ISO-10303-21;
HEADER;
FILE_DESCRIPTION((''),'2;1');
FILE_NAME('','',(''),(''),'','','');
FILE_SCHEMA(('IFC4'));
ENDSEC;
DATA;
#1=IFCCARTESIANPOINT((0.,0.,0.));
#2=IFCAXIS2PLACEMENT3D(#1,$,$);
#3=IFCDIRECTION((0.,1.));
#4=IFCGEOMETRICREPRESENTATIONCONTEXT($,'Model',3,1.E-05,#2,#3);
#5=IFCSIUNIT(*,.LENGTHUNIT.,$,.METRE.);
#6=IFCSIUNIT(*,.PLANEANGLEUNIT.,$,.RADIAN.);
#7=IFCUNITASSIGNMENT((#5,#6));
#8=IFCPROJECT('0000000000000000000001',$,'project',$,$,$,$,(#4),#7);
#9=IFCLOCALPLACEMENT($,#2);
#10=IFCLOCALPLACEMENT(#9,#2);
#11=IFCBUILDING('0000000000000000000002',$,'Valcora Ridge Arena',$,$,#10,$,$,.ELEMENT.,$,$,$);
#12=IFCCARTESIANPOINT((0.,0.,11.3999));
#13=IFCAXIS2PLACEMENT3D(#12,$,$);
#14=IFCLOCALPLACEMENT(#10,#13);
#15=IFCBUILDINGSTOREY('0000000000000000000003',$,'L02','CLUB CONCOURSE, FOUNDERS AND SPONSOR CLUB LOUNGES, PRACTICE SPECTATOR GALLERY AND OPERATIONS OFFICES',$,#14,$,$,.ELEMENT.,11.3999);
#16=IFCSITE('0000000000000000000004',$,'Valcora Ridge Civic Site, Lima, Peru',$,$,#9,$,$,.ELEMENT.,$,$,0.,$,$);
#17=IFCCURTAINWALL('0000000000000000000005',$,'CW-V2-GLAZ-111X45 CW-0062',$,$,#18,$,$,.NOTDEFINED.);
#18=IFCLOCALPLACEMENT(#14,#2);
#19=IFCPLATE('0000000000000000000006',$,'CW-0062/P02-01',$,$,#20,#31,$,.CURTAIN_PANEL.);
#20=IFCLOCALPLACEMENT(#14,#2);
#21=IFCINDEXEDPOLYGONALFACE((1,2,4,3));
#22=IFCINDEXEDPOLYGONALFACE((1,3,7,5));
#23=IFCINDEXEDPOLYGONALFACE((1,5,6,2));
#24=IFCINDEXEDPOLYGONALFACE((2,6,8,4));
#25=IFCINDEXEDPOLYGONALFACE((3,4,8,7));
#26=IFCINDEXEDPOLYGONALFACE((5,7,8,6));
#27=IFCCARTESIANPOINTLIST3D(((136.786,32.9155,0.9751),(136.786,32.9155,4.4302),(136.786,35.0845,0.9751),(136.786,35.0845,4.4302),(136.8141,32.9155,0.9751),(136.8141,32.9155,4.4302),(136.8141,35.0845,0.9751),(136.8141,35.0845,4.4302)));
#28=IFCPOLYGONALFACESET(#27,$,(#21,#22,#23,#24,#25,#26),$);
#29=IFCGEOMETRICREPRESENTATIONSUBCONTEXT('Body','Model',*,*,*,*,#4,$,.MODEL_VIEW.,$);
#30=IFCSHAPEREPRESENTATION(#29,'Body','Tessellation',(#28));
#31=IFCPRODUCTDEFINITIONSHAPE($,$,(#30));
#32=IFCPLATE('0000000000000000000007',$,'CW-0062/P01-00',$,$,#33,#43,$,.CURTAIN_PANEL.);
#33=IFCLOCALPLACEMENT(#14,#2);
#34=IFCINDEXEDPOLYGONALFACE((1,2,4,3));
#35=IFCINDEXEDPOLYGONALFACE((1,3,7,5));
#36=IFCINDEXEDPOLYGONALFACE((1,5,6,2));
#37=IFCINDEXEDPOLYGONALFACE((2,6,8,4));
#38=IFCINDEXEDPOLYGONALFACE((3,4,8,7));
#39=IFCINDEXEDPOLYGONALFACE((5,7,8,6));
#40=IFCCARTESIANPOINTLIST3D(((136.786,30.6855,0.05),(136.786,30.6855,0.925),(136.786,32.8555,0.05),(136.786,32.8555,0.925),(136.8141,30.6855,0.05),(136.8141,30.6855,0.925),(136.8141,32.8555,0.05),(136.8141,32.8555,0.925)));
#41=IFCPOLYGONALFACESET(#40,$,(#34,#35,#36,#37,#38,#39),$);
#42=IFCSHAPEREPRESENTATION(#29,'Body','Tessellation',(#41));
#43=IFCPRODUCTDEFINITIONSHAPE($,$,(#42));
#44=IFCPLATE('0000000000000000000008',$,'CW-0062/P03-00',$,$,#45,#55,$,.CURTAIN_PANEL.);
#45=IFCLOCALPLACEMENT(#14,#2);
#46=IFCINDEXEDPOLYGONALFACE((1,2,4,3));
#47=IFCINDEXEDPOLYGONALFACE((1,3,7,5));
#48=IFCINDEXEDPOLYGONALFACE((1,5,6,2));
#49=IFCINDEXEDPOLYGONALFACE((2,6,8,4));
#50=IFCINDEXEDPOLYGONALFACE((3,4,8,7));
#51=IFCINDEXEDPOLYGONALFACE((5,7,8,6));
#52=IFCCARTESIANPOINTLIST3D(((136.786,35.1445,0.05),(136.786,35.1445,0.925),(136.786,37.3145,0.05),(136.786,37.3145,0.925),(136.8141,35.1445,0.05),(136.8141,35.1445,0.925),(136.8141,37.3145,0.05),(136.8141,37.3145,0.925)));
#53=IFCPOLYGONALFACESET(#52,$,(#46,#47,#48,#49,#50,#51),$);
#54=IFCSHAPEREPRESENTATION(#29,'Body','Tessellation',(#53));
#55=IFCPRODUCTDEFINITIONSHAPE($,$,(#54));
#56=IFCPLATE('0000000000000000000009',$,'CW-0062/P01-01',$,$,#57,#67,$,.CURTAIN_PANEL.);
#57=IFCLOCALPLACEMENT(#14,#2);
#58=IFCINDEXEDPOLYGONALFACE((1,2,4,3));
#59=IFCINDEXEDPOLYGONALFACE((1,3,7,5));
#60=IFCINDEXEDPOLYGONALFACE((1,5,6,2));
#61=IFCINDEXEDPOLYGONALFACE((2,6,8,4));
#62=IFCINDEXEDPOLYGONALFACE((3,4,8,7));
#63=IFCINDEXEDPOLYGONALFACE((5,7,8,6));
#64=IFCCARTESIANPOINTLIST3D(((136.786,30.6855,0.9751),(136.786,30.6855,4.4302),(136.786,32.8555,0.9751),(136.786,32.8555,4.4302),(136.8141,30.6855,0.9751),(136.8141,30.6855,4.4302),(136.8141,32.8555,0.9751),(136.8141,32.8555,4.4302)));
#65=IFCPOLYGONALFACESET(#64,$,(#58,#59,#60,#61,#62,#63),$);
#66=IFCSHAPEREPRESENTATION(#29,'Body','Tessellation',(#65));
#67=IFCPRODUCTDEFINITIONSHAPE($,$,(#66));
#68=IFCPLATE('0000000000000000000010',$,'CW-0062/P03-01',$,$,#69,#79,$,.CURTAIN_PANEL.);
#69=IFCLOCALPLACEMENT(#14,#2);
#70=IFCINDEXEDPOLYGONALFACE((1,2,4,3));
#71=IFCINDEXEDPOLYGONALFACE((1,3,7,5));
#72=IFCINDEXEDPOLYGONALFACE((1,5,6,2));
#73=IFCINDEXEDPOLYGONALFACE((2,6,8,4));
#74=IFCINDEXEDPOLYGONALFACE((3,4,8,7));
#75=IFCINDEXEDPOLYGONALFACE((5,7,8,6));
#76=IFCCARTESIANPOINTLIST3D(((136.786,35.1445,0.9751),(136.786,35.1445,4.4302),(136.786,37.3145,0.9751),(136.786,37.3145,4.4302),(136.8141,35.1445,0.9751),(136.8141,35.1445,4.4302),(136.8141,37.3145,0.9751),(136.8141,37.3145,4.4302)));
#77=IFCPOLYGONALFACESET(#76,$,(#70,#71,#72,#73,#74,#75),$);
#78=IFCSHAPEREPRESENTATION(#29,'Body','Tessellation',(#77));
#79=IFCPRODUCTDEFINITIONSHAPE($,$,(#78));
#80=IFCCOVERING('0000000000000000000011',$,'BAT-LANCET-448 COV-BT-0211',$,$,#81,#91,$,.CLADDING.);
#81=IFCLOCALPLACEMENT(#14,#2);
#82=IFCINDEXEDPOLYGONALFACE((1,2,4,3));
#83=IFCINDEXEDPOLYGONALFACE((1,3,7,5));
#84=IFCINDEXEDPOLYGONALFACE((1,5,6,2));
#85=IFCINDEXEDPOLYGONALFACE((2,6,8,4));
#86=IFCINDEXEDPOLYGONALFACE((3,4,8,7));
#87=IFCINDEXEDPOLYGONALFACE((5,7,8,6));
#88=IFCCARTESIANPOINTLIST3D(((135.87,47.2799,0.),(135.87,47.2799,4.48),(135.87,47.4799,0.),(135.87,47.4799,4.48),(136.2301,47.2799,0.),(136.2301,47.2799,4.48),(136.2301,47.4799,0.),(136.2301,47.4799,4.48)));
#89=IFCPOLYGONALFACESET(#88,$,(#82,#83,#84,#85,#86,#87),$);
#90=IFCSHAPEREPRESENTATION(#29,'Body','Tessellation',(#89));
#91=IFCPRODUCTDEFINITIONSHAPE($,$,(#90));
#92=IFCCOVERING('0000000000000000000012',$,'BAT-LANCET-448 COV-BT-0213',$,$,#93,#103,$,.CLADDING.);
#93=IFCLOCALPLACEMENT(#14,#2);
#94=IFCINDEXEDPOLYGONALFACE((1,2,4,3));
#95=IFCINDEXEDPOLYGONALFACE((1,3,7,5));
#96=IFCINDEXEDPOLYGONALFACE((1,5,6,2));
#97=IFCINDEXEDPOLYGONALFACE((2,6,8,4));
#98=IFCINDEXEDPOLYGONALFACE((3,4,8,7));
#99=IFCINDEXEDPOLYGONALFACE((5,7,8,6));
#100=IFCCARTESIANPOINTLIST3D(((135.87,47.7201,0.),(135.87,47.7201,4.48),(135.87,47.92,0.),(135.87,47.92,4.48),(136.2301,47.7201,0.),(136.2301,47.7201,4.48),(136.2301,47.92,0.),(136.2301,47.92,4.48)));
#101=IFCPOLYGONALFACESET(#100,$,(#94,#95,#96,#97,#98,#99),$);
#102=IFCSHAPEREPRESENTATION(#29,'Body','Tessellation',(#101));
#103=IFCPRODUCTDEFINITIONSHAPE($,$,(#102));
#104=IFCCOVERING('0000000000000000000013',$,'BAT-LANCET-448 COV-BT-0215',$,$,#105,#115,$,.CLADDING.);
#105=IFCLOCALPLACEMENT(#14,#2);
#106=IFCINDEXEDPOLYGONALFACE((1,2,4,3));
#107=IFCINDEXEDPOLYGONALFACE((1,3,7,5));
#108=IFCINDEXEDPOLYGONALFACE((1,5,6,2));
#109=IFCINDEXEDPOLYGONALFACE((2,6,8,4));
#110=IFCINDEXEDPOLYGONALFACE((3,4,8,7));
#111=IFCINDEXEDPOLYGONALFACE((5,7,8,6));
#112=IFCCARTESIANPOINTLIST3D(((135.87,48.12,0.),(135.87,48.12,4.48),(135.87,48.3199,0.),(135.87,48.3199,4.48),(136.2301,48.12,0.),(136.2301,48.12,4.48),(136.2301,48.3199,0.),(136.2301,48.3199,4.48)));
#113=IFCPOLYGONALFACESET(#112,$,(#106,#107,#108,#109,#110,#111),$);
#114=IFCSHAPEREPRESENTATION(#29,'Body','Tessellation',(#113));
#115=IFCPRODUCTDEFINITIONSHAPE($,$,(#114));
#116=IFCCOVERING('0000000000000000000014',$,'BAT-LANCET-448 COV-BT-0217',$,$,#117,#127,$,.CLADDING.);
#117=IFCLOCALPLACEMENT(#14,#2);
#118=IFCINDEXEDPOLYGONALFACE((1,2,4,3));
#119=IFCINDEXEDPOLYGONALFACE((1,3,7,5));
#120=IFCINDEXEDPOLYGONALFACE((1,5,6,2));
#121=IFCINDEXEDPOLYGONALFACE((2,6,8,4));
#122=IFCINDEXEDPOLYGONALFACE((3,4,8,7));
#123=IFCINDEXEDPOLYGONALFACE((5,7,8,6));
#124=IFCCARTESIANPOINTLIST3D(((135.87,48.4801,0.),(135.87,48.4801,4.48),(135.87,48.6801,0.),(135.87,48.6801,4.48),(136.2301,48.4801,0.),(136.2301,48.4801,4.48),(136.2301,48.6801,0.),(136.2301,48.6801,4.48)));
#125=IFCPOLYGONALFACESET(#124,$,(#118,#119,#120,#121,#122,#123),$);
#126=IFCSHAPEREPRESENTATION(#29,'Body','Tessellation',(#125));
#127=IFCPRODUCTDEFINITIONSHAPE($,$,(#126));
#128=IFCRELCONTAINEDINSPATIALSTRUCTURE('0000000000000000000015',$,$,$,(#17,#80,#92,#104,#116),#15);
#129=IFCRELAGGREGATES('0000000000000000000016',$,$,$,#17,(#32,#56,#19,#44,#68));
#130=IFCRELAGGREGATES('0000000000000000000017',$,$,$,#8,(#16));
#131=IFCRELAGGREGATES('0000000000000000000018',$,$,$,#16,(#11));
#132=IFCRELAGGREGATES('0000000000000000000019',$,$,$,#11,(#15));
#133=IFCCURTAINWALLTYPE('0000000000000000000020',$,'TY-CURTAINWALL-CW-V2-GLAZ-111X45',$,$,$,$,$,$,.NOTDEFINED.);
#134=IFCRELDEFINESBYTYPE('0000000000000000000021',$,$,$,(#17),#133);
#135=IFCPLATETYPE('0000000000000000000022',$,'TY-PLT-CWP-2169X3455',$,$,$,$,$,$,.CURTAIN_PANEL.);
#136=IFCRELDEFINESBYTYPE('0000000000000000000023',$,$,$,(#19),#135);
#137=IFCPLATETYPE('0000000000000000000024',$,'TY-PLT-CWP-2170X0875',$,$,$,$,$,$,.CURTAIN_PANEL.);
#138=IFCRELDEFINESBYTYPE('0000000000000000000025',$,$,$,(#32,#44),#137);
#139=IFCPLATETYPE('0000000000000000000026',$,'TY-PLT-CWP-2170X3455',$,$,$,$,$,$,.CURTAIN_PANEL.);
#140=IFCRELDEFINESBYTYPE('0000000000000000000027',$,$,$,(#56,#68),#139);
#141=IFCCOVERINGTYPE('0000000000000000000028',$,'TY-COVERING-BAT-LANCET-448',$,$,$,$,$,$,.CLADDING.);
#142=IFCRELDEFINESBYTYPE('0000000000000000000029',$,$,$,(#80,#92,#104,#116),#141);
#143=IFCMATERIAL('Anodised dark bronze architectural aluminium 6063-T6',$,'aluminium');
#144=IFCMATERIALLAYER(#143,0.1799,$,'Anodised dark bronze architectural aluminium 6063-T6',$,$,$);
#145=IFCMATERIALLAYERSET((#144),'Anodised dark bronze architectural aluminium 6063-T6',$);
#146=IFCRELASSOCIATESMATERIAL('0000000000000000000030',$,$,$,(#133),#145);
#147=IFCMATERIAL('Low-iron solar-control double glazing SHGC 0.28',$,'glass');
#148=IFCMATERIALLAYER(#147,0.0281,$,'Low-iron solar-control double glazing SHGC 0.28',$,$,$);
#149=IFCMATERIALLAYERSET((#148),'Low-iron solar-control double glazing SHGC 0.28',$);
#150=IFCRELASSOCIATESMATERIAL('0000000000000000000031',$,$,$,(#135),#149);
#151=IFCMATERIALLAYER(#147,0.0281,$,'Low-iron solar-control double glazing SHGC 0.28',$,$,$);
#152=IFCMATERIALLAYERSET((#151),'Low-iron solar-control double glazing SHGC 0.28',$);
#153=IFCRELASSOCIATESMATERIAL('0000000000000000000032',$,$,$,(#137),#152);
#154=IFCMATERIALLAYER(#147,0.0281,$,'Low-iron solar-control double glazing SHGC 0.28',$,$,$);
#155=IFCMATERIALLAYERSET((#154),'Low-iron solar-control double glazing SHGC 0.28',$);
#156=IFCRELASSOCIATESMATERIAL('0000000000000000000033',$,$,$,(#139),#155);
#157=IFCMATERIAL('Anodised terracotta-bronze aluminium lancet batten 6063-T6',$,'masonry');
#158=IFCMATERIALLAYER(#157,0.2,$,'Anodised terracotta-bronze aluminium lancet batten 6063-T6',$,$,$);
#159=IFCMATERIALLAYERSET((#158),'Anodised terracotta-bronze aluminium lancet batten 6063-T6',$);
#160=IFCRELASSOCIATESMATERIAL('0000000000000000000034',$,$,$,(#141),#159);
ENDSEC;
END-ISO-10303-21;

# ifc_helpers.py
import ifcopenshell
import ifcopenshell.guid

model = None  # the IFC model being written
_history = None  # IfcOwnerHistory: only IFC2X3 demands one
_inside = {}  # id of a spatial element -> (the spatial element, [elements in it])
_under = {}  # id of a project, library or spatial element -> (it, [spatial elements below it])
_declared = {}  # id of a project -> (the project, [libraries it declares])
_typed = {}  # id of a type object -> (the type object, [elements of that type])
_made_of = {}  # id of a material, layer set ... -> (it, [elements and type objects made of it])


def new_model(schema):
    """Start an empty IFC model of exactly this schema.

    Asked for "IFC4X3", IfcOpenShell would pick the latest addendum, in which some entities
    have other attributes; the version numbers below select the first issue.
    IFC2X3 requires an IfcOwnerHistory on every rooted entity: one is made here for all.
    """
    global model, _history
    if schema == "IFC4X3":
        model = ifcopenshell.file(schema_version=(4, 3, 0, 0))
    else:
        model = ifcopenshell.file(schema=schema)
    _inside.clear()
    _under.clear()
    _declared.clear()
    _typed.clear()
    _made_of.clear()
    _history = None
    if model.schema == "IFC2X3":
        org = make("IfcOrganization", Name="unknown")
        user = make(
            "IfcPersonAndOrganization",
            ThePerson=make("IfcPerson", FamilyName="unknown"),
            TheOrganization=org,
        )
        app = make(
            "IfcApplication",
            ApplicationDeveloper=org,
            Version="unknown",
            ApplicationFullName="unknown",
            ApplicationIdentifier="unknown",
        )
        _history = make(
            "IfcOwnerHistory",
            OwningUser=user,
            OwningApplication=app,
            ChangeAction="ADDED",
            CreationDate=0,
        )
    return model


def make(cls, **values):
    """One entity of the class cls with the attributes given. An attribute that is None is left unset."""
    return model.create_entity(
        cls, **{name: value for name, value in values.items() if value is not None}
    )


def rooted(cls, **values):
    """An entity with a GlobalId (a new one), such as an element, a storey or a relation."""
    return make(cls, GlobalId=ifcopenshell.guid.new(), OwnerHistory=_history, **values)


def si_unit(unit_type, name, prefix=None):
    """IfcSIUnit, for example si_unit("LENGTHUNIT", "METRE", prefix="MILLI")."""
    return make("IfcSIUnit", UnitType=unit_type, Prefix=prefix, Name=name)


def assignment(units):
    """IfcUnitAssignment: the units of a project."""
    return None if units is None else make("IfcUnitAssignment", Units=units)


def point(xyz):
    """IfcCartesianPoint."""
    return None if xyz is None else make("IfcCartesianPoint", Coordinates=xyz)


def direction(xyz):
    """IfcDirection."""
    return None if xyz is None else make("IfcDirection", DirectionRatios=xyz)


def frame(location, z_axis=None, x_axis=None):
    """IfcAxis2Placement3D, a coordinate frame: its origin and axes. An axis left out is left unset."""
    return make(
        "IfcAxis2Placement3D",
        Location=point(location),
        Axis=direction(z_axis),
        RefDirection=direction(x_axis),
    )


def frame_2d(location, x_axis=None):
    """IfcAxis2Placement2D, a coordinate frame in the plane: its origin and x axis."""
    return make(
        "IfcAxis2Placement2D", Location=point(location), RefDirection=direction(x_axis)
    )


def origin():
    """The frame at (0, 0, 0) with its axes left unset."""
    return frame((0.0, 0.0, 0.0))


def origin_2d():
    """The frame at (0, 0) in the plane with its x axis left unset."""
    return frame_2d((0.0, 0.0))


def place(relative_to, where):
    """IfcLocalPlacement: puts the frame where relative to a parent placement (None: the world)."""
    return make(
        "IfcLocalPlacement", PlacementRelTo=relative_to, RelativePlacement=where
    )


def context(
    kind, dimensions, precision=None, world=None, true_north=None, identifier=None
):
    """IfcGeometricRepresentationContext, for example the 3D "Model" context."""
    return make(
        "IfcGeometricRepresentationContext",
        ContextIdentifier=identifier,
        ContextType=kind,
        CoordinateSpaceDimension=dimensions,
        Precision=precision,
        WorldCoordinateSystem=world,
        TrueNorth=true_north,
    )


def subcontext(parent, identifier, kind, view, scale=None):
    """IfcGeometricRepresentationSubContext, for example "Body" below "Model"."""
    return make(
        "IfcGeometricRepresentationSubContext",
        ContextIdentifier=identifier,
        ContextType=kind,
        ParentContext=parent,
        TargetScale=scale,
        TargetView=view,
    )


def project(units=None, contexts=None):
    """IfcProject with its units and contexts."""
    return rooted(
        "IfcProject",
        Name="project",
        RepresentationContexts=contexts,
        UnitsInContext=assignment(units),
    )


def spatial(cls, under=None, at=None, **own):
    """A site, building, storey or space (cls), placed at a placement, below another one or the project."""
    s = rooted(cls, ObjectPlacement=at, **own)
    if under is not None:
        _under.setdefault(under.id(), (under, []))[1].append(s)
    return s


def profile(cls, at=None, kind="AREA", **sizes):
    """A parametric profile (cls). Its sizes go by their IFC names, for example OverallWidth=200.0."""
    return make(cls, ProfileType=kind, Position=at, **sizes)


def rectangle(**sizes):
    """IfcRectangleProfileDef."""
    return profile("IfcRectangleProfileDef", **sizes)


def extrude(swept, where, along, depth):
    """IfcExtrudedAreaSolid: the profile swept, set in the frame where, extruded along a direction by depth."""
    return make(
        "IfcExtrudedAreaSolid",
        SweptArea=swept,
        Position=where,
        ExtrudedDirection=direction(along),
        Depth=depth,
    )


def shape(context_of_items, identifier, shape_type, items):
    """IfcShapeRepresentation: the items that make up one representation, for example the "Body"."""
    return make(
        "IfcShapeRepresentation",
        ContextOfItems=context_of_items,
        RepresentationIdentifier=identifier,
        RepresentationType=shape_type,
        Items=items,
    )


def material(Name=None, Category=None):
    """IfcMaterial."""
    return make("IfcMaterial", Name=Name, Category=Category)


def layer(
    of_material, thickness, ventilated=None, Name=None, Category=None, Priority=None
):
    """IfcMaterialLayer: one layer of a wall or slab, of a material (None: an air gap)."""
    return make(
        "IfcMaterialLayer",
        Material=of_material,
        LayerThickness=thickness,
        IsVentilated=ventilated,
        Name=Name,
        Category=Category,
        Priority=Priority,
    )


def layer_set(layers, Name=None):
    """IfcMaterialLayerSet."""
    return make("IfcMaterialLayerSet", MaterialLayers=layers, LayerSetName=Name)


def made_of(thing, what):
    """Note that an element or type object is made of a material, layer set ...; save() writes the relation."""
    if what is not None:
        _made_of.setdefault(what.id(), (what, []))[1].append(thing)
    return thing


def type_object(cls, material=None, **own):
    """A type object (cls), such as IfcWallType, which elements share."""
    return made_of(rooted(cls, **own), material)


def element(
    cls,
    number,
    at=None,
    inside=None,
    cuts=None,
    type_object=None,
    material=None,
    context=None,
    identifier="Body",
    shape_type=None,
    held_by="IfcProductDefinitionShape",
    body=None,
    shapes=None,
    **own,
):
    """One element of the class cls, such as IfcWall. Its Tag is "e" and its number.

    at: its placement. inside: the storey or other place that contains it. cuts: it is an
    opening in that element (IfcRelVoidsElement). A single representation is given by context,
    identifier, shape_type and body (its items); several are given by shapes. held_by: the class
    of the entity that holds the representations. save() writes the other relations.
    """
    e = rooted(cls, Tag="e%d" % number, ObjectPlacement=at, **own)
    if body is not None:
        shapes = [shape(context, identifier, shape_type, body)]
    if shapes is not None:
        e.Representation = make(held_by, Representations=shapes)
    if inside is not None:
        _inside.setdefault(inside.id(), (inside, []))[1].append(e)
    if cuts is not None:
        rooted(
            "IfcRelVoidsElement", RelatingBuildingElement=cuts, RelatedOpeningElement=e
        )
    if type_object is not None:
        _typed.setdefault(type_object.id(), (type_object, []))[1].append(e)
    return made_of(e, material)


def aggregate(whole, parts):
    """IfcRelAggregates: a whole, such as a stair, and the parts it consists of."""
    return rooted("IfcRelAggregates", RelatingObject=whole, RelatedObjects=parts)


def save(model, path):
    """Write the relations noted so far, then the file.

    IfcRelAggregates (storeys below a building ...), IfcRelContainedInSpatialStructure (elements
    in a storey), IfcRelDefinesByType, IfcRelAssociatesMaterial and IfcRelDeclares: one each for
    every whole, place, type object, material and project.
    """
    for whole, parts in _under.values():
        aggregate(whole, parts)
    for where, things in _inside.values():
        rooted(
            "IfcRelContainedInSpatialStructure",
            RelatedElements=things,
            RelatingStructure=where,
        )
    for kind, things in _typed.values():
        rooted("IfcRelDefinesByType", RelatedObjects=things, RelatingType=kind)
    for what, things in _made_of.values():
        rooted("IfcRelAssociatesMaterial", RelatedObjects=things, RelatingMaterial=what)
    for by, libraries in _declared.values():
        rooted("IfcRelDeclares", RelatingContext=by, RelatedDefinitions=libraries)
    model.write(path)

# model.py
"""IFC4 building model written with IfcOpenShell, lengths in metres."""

from ifc_helpers import new_model, si_unit, direction, frame, origin, origin_2d, place, context, subcontext, project, spatial, rectangle, extrude, material, layer, layer_set, type_object, element, aggregate, save


model = new_model("IFC4")

# Units and contexts
model_context = context("Model", 3, precision=1e-05, world=origin(), true_north=direction((0.0, 1.0)))
body_context = subcontext(model_context, "Body", "Model", "MODEL_VIEW")
ifc_project = project(units=[si_unit("LENGTHUNIT", "METRE"), si_unit("PLANEANGLEUNIT", "RADIAN")], contexts=[model_context])

# Site, building, storey
site_placement = place(None, origin())
site = spatial("IfcSite", under=ifc_project, at=site_placement, Name="Valcora Ridge Civic Site, Lima, Peru", CompositionType="ELEMENT", RefElevation=0.0)
building_placement = place(site_placement, origin())
building = spatial("IfcBuilding", under=site, at=building_placement, Name="Valcora Ridge Arena", CompositionType="ELEMENT")
storey_placement = place(building_placement, frame((0.0, 0.0, 11.3999)))
storey = spatial("IfcBuildingStorey", under=building, at=storey_placement, Name="L02", Description="CLUB CONCOURSE, FOUNDERS AND SPONSOR CLUB LOUNGES, PRACTICE SPECTATOR GALLERY AND OPERATIONS OFFICES", CompositionType="ELEMENT", Elevation=11.3999)

# Curtain wall
ifc_material_1 = material(Name="Anodised dark bronze architectural aluminium 6063-T6", Category="aluminium")
ifc_layer_1 = layer(ifc_material_1, 0.1799, Name="Anodised dark bronze architectural aluminium 6063-T6")
ifc_layer_set_1 = layer_set([ifc_layer_1], Name="Anodised dark bronze architectural aluminium 6063-T6")
curtain_wall_type_1 = type_object("IfcCurtainWallType", Name="TY-CURTAINWALL-CW-V2-GLAZ-111X45", PredefinedType="NOTDEFINED", material=ifc_layer_set_1)
curtain_wall_1_placement = place(storey_placement, origin())
curtain_wall_1 = element("IfcCurtainWall", 1, at=curtain_wall_1_placement, inside=storey, type_object=curtain_wall_type_1, Name="CW-V2-GLAZ-111X45 CW-0062", PredefinedType="NOTDEFINED")

# Plates
ifc_material_2 = material(Name="Low-iron solar-control double glazing SHGC 0.28", Category="glass")
ifc_layer_2 = layer(ifc_material_2, 0.0281, Name="Low-iron solar-control double glazing SHGC 0.28")
ifc_layer_set_2 = layer_set([ifc_layer_2], Name="Low-iron solar-control double glazing SHGC 0.28")
plate_type_1 = type_object("IfcPlateType", Name="TY-PLT-CWP-2169X3455", PredefinedType="CURTAIN_PANEL", material=ifc_layer_set_2)
plate_1_placement = place(storey_placement, frame((136.8, 34.0, 0.9751), z_axis=(0.0, 0.0, 1.0), x_axis=(0.0, 1.0, 0.0)))
plate_1 = element("IfcPlate", 2, at=plate_1_placement, type_object=plate_type_1, Name="CW-0062/P02-01", PredefinedType="CURTAIN_PANEL", context=body_context, shape_type="SweptSolid", body=[
    extrude(rectangle(XDim=2.1689, YDim=0.0281, at=origin_2d()), origin(), (0.0, 0.0, 1.0), 3.4551),
])
ifc_layer_3 = layer(ifc_material_2, 0.0281, Name="Low-iron solar-control double glazing SHGC 0.28")
ifc_layer_set_3 = layer_set([ifc_layer_3], Name="Low-iron solar-control double glazing SHGC 0.28")
plate_type_2 = type_object("IfcPlateType", Name="TY-PLT-CWP-2170X0875", PredefinedType="CURTAIN_PANEL", material=ifc_layer_set_3)
plate_2_placement = place(storey_placement, frame((136.8, 31.7705, 0.05), z_axis=(0.0, 0.0, 1.0), x_axis=(0.0, 1.0, 0.0)))
plate_2 = element("IfcPlate", 3, at=plate_2_placement, type_object=plate_type_2, Name="CW-0062/P01-00", PredefinedType="CURTAIN_PANEL", context=body_context, shape_type="SweptSolid", body=[
    extrude(rectangle(XDim=2.1699, YDim=0.0281, at=origin_2d()), origin(), (0.0, 0.0, 1.0), 0.875),
])
plate_3_placement = place(storey_placement, frame((136.8, 36.2295, 0.05), z_axis=(0.0, 0.0, 1.0), x_axis=(0.0, 1.0, 0.0)))
plate_3 = element("IfcPlate", 4, at=plate_3_placement, type_object=plate_type_2, Name="CW-0062/P03-00", PredefinedType="CURTAIN_PANEL", context=body_context, shape_type="SweptSolid", body=[
    extrude(rectangle(XDim=2.1699, YDim=0.0281, at=origin_2d()), origin(), (0.0, 0.0, 1.0), 0.875),
])
ifc_layer_4 = layer(ifc_material_2, 0.0281, Name="Low-iron solar-control double glazing SHGC 0.28")
ifc_layer_set_4 = layer_set([ifc_layer_4], Name="Low-iron solar-control double glazing SHGC 0.28")
plate_type_3 = type_object("IfcPlateType", Name="TY-PLT-CWP-2170X3455", PredefinedType="CURTAIN_PANEL", material=ifc_layer_set_4)
plate_4_placement = place(storey_placement, frame((136.8, 31.7705, 0.9751), z_axis=(0.0, 0.0, 1.0), x_axis=(0.0, 1.0, 0.0)))
plate_4 = element("IfcPlate", 5, at=plate_4_placement, type_object=plate_type_3, Name="CW-0062/P01-01", PredefinedType="CURTAIN_PANEL", context=body_context, shape_type="SweptSolid", body=[
    extrude(rectangle(XDim=2.1699, YDim=0.0281, at=origin_2d()), origin(), (0.0, 0.0, 1.0), 3.4551),
])
plate_5_placement = place(storey_placement, frame((136.8, 36.2295, 0.9751), z_axis=(0.0, 0.0, 1.0), x_axis=(0.0, 1.0, 0.0)))
plate_5 = element("IfcPlate", 6, at=plate_5_placement, type_object=plate_type_3, Name="CW-0062/P03-01", PredefinedType="CURTAIN_PANEL", context=body_context, shape_type="SweptSolid", body=[
    extrude(rectangle(XDim=2.1699, YDim=0.0281, at=origin_2d()), origin(), (0.0, 0.0, 1.0), 3.4551),
])
aggregate(curtain_wall_1, [plate_2, plate_4, plate_1, plate_3, plate_5])

# Coverings
ifc_material_3 = material(Name="Anodised terracotta-bronze aluminium lancet batten 6063-T6", Category="masonry")
ifc_layer_5 = layer(ifc_material_3, 0.2, Name="Anodised terracotta-bronze aluminium lancet batten 6063-T6")
ifc_layer_set_5 = layer_set([ifc_layer_5], Name="Anodised terracotta-bronze aluminium lancet batten 6063-T6")
covering_type = type_object("IfcCoveringType", Name="TY-COVERING-BAT-LANCET-448", PredefinedType="CLADDING", material=ifc_layer_set_5)
for number, where, z_axis, x_axis, name in (
    (7, (136.05, 47.3799, 0.0), (0.0, 0.0, 1.0), (1.0, 0.0, 0.0), "BAT-LANCET-448 COV-BT-0211"),
    (8, (136.05, 47.8201, 0.0), (0.0, 0.0, 1.0), (1.0, 0.0, 0.0), "BAT-LANCET-448 COV-BT-0213"),
    (9, (136.05, 48.22, 0.0), (0.0, 0.0, 1.0), (1.0, 0.0, 0.0), "BAT-LANCET-448 COV-BT-0215"),
    (10, (136.05, 48.5801, 0.0), (0.0, 0.0, 1.0), (1.0, 0.0, 0.0), "BAT-LANCET-448 COV-BT-0217"),
):
    element("IfcCovering", number, at=place(storey_placement, frame(where, z_axis=z_axis, x_axis=x_axis)), inside=storey, type_object=covering_type, Name=name, PredefinedType="CLADDING", context=body_context, shape_type="SweptSolid", body=[
        extrude(rectangle(XDim=0.3601, YDim=0.2, at=origin_2d()), origin(), (0.0, 0.0, 1.0), 4.48),
    ])

save(model, "model.ifc")
